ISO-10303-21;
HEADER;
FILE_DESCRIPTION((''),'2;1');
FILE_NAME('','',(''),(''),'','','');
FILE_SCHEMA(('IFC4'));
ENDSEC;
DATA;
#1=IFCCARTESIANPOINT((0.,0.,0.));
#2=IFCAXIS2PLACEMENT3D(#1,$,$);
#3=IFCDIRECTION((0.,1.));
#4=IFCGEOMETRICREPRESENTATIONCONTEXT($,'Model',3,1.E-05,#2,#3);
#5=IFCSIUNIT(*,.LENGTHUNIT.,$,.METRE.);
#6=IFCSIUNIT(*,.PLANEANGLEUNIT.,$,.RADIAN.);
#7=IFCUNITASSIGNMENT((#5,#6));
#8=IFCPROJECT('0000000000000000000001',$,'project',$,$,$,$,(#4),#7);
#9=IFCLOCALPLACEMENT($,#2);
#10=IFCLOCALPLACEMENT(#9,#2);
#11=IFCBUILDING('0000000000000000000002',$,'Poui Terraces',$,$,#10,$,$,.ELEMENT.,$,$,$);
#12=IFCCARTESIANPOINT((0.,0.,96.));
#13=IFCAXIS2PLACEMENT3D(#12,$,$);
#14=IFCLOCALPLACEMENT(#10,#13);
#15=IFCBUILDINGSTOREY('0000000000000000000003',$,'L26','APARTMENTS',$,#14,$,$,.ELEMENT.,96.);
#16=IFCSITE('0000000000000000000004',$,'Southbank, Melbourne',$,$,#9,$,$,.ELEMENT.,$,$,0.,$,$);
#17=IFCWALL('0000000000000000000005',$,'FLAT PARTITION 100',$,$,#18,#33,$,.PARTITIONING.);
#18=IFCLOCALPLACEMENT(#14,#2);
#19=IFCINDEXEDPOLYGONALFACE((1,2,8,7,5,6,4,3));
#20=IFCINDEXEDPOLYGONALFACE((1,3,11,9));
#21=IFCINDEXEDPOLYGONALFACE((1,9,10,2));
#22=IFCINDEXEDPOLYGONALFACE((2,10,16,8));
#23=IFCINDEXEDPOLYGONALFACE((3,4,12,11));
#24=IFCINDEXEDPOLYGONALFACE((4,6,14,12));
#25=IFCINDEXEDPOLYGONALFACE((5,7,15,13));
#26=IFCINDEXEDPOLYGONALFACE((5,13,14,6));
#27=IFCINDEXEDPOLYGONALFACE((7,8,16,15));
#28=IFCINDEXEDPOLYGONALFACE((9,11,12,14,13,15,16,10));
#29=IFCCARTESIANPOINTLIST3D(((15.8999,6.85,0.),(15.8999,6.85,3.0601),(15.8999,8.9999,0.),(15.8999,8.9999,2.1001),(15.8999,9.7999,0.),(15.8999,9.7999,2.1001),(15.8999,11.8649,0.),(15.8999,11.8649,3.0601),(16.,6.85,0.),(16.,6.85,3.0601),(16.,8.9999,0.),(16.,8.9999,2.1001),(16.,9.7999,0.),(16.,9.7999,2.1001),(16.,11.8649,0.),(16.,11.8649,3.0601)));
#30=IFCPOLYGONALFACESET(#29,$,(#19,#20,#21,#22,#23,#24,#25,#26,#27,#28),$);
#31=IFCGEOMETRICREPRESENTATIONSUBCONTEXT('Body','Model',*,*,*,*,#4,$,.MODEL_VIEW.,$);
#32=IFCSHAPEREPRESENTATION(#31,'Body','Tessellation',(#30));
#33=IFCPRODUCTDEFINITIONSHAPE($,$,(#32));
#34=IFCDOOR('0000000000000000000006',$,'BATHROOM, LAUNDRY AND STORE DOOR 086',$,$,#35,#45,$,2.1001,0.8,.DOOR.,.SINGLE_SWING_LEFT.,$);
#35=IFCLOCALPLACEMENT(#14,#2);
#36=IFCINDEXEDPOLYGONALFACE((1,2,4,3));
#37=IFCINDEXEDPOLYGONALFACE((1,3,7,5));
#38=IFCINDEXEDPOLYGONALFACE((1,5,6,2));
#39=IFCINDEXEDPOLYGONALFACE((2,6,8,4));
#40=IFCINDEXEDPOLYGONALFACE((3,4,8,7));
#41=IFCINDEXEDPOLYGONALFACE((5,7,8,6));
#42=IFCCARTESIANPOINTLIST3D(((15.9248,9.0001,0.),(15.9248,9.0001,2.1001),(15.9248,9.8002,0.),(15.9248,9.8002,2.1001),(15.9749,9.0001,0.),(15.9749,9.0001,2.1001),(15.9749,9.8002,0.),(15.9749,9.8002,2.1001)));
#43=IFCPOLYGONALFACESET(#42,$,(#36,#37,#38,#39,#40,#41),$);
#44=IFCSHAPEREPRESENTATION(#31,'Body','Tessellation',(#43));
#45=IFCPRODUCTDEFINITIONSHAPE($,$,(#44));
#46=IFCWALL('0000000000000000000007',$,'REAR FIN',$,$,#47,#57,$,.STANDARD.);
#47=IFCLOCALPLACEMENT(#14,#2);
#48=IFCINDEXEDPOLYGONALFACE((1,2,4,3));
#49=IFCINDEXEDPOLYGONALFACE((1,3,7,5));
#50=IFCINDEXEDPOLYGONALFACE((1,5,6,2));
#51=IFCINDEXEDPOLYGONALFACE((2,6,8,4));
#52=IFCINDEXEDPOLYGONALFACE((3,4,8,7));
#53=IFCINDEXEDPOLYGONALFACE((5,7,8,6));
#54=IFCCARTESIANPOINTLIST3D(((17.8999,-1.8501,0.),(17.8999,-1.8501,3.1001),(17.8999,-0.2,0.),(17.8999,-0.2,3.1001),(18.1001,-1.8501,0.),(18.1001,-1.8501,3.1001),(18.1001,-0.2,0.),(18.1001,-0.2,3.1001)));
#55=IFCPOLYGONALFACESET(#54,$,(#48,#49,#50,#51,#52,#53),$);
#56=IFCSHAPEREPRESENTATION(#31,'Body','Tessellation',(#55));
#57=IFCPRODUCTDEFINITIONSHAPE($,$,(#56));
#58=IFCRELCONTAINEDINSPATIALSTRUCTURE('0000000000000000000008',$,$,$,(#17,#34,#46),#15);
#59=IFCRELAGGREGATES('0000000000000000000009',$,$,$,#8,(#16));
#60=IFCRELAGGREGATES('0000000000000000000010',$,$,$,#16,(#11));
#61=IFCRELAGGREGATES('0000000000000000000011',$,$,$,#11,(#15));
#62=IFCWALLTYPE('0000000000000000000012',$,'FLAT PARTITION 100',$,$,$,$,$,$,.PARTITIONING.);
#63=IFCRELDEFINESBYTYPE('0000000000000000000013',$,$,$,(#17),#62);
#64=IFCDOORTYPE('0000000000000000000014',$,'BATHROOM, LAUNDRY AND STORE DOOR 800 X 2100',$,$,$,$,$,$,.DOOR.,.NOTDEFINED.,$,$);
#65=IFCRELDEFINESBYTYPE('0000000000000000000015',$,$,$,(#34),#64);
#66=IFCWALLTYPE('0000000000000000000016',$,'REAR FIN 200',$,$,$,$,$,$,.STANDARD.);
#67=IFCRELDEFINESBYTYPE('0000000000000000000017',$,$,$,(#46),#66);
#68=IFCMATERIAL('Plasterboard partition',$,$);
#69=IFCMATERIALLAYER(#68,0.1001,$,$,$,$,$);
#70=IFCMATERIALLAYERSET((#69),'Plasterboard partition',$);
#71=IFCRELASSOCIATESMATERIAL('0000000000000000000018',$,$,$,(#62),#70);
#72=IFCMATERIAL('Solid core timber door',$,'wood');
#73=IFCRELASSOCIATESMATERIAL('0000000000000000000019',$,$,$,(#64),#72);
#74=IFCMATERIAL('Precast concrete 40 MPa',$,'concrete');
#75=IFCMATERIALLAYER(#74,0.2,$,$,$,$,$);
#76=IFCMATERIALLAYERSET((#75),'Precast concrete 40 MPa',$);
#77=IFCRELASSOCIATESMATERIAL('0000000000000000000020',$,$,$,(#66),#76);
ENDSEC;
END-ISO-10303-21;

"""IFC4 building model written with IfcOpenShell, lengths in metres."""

from ifc_helpers import new_model, si_unit, direction, frame, frame_2d, origin, place, context, subcontext, project, spatial, polyline, rectangle, outline, extrude, source, transform, mapped, material, layer, layer_set, type_object, element, fill, save


model = new_model("IFC4")

# Units and contexts
model_context = context("Model", 3, precision=1e-05, world=origin(), true_north=direction((0.0, 1.0)))
body_context = subcontext(model_context, "Body", "Model", "MODEL_VIEW")
ifc_project = project(units=[si_unit("LENGTHUNIT", "METRE"), si_unit("PLANEANGLEUNIT", "RADIAN")], contexts=[model_context])

# Site, building, storey
site_placement = place(None, origin())
site = spatial("IfcSite", under=ifc_project, at=site_placement, Name="Southbank, Melbourne", CompositionType="ELEMENT", RefElevation=0.0)
building_placement = place(site_placement, origin())
building = spatial("IfcBuilding", under=site, at=building_placement, Name="Poui Terraces", CompositionType="ELEMENT")
storey_placement = place(building_placement, frame((0.0, 0.0, 96.0)))
storey = spatial("IfcBuildingStorey", under=building, at=storey_placement, Name="L26", Description="APARTMENTS", CompositionType="ELEMENT", Elevation=96.0)

# Shared definitions
ifc_material_1 = material(Name="Precast concrete 40 MPa", Category="concrete")

# Shared definitions
ifc_material_2 = material(Name="Plasterboard partition")
ifc_layer_1 = layer(ifc_material_2, 0.1001)
ifc_layer_set_1 = layer_set([ifc_layer_1], Name="Plasterboard partition")
wall_type_1 = type_object("IfcWallType", Name="FLAT PARTITION 100", PredefinedType="PARTITIONING", material=ifc_layer_set_1)

# Wall, opening, door
ifc_material_3 = material(Name="Solid core timber door", Category="wood")
wall_1_placement = place(storey_placement, frame((15.95, 6.8501, 0.0), z_axis=(0.0, 0.0, 1.0), x_axis=(0.0, 1.0, 0.0)))
wall_1 = element("IfcWall", 1, at=wall_1_placement, inside=storey, type_object=wall_type_1, Name="FLAT PARTITION 100", PredefinedType="PARTITIONING", context=body_context, shape_type="SweptSolid", body=[
    extrude(rectangle(XDim=5.0149, YDim=0.1001, at=frame_2d((2.5073, 0.0))), origin(), (0.0, 0.0, 1.0), 3.0601),
])
opening_1_placement = place(wall_1_placement, frame((2.1499, 0.0, 0.0)))
opening_1 = element("IfcOpeningElement", 2, at=opening_1_placement, cuts=wall_1, PredefinedType="OPENING", context=body_context, shape_type="SweptSolid", body=[
    extrude(rectangle(XDim=0.8, YDim=2.1001, at=frame_2d((0.3999, 1.05))), frame((0.0, 0.0601, 0.0), z_axis=(0.0, -1.0, 0.0), x_axis=(1.0, 0.0, 0.0)), (0.0, 0.0, 1.0), 0.1201),
])
door_type_1 = type_object("IfcDoorType", Name="BATHROOM, LAUNDRY AND STORE DOOR 800 X 2100", OperationType="NOTDEFINED", PredefinedType="DOOR", material=ifc_material_3)
door_1_placement = place(opening_1_placement, frame((0.8, 0.0, 0.0), z_axis=(0.0, 0.0, 1.0), x_axis=(-1.0, 0.0, 0.0)))
door_1 = element("IfcDoor", 3, at=door_1_placement, inside=storey, type_object=door_type_1, Name="BATHROOM, LAUNDRY AND STORE DOOR 086", OperationType="SINGLE_SWING_LEFT", OverallHeight=2.1001, OverallWidth=0.8, PredefinedType="DOOR", context=body_context, shape_type="SweptSolid", body=[
    extrude(rectangle(XDim=0.8, YDim=2.1001, at=frame_2d((0.3999, 1.05))), frame((0.0, 0.0249, 0.0), z_axis=(0.0, -1.0, 0.0), x_axis=(1.0, 0.0, 0.0)), (0.0, 0.0, 1.0), 0.05),
])
fill(opening_1, door_1)

# Wall
ifc_layer_2 = layer(ifc_material_1, 0.2)
ifc_layer_set_2 = layer_set([ifc_layer_2], Name="Precast concrete 40 MPa")
wall_type_2 = type_object("IfcWallType", Name="REAR FIN 200", PredefinedType="STANDARD", material=ifc_layer_set_2)
shared_shape_1 = source(origin(), body_context, "Body", "SweptSolid", [
    extrude(outline(polyline([(0.0, 0.0), (0.2002, 0.0), (0.2002, 1.6501), (0.0, 1.6501), (0.0, 0.0)])), origin(), (0.0, 0.0, 1.0), 3.1001),
])
wall_2_placement = place(storey_placement, frame((17.8999, -1.8501, 0.0)))
element("IfcWall", 4, at=wall_2_placement, inside=storey, type_object=wall_type_2, Name="REAR FIN", PredefinedType="STANDARD", context=body_context, shape_type="MappedRepresentation", body=[
    mapped(shared_shape_1, transform((0.0, 0.0, 0.0))),
])

save(model, "model.ifc")
